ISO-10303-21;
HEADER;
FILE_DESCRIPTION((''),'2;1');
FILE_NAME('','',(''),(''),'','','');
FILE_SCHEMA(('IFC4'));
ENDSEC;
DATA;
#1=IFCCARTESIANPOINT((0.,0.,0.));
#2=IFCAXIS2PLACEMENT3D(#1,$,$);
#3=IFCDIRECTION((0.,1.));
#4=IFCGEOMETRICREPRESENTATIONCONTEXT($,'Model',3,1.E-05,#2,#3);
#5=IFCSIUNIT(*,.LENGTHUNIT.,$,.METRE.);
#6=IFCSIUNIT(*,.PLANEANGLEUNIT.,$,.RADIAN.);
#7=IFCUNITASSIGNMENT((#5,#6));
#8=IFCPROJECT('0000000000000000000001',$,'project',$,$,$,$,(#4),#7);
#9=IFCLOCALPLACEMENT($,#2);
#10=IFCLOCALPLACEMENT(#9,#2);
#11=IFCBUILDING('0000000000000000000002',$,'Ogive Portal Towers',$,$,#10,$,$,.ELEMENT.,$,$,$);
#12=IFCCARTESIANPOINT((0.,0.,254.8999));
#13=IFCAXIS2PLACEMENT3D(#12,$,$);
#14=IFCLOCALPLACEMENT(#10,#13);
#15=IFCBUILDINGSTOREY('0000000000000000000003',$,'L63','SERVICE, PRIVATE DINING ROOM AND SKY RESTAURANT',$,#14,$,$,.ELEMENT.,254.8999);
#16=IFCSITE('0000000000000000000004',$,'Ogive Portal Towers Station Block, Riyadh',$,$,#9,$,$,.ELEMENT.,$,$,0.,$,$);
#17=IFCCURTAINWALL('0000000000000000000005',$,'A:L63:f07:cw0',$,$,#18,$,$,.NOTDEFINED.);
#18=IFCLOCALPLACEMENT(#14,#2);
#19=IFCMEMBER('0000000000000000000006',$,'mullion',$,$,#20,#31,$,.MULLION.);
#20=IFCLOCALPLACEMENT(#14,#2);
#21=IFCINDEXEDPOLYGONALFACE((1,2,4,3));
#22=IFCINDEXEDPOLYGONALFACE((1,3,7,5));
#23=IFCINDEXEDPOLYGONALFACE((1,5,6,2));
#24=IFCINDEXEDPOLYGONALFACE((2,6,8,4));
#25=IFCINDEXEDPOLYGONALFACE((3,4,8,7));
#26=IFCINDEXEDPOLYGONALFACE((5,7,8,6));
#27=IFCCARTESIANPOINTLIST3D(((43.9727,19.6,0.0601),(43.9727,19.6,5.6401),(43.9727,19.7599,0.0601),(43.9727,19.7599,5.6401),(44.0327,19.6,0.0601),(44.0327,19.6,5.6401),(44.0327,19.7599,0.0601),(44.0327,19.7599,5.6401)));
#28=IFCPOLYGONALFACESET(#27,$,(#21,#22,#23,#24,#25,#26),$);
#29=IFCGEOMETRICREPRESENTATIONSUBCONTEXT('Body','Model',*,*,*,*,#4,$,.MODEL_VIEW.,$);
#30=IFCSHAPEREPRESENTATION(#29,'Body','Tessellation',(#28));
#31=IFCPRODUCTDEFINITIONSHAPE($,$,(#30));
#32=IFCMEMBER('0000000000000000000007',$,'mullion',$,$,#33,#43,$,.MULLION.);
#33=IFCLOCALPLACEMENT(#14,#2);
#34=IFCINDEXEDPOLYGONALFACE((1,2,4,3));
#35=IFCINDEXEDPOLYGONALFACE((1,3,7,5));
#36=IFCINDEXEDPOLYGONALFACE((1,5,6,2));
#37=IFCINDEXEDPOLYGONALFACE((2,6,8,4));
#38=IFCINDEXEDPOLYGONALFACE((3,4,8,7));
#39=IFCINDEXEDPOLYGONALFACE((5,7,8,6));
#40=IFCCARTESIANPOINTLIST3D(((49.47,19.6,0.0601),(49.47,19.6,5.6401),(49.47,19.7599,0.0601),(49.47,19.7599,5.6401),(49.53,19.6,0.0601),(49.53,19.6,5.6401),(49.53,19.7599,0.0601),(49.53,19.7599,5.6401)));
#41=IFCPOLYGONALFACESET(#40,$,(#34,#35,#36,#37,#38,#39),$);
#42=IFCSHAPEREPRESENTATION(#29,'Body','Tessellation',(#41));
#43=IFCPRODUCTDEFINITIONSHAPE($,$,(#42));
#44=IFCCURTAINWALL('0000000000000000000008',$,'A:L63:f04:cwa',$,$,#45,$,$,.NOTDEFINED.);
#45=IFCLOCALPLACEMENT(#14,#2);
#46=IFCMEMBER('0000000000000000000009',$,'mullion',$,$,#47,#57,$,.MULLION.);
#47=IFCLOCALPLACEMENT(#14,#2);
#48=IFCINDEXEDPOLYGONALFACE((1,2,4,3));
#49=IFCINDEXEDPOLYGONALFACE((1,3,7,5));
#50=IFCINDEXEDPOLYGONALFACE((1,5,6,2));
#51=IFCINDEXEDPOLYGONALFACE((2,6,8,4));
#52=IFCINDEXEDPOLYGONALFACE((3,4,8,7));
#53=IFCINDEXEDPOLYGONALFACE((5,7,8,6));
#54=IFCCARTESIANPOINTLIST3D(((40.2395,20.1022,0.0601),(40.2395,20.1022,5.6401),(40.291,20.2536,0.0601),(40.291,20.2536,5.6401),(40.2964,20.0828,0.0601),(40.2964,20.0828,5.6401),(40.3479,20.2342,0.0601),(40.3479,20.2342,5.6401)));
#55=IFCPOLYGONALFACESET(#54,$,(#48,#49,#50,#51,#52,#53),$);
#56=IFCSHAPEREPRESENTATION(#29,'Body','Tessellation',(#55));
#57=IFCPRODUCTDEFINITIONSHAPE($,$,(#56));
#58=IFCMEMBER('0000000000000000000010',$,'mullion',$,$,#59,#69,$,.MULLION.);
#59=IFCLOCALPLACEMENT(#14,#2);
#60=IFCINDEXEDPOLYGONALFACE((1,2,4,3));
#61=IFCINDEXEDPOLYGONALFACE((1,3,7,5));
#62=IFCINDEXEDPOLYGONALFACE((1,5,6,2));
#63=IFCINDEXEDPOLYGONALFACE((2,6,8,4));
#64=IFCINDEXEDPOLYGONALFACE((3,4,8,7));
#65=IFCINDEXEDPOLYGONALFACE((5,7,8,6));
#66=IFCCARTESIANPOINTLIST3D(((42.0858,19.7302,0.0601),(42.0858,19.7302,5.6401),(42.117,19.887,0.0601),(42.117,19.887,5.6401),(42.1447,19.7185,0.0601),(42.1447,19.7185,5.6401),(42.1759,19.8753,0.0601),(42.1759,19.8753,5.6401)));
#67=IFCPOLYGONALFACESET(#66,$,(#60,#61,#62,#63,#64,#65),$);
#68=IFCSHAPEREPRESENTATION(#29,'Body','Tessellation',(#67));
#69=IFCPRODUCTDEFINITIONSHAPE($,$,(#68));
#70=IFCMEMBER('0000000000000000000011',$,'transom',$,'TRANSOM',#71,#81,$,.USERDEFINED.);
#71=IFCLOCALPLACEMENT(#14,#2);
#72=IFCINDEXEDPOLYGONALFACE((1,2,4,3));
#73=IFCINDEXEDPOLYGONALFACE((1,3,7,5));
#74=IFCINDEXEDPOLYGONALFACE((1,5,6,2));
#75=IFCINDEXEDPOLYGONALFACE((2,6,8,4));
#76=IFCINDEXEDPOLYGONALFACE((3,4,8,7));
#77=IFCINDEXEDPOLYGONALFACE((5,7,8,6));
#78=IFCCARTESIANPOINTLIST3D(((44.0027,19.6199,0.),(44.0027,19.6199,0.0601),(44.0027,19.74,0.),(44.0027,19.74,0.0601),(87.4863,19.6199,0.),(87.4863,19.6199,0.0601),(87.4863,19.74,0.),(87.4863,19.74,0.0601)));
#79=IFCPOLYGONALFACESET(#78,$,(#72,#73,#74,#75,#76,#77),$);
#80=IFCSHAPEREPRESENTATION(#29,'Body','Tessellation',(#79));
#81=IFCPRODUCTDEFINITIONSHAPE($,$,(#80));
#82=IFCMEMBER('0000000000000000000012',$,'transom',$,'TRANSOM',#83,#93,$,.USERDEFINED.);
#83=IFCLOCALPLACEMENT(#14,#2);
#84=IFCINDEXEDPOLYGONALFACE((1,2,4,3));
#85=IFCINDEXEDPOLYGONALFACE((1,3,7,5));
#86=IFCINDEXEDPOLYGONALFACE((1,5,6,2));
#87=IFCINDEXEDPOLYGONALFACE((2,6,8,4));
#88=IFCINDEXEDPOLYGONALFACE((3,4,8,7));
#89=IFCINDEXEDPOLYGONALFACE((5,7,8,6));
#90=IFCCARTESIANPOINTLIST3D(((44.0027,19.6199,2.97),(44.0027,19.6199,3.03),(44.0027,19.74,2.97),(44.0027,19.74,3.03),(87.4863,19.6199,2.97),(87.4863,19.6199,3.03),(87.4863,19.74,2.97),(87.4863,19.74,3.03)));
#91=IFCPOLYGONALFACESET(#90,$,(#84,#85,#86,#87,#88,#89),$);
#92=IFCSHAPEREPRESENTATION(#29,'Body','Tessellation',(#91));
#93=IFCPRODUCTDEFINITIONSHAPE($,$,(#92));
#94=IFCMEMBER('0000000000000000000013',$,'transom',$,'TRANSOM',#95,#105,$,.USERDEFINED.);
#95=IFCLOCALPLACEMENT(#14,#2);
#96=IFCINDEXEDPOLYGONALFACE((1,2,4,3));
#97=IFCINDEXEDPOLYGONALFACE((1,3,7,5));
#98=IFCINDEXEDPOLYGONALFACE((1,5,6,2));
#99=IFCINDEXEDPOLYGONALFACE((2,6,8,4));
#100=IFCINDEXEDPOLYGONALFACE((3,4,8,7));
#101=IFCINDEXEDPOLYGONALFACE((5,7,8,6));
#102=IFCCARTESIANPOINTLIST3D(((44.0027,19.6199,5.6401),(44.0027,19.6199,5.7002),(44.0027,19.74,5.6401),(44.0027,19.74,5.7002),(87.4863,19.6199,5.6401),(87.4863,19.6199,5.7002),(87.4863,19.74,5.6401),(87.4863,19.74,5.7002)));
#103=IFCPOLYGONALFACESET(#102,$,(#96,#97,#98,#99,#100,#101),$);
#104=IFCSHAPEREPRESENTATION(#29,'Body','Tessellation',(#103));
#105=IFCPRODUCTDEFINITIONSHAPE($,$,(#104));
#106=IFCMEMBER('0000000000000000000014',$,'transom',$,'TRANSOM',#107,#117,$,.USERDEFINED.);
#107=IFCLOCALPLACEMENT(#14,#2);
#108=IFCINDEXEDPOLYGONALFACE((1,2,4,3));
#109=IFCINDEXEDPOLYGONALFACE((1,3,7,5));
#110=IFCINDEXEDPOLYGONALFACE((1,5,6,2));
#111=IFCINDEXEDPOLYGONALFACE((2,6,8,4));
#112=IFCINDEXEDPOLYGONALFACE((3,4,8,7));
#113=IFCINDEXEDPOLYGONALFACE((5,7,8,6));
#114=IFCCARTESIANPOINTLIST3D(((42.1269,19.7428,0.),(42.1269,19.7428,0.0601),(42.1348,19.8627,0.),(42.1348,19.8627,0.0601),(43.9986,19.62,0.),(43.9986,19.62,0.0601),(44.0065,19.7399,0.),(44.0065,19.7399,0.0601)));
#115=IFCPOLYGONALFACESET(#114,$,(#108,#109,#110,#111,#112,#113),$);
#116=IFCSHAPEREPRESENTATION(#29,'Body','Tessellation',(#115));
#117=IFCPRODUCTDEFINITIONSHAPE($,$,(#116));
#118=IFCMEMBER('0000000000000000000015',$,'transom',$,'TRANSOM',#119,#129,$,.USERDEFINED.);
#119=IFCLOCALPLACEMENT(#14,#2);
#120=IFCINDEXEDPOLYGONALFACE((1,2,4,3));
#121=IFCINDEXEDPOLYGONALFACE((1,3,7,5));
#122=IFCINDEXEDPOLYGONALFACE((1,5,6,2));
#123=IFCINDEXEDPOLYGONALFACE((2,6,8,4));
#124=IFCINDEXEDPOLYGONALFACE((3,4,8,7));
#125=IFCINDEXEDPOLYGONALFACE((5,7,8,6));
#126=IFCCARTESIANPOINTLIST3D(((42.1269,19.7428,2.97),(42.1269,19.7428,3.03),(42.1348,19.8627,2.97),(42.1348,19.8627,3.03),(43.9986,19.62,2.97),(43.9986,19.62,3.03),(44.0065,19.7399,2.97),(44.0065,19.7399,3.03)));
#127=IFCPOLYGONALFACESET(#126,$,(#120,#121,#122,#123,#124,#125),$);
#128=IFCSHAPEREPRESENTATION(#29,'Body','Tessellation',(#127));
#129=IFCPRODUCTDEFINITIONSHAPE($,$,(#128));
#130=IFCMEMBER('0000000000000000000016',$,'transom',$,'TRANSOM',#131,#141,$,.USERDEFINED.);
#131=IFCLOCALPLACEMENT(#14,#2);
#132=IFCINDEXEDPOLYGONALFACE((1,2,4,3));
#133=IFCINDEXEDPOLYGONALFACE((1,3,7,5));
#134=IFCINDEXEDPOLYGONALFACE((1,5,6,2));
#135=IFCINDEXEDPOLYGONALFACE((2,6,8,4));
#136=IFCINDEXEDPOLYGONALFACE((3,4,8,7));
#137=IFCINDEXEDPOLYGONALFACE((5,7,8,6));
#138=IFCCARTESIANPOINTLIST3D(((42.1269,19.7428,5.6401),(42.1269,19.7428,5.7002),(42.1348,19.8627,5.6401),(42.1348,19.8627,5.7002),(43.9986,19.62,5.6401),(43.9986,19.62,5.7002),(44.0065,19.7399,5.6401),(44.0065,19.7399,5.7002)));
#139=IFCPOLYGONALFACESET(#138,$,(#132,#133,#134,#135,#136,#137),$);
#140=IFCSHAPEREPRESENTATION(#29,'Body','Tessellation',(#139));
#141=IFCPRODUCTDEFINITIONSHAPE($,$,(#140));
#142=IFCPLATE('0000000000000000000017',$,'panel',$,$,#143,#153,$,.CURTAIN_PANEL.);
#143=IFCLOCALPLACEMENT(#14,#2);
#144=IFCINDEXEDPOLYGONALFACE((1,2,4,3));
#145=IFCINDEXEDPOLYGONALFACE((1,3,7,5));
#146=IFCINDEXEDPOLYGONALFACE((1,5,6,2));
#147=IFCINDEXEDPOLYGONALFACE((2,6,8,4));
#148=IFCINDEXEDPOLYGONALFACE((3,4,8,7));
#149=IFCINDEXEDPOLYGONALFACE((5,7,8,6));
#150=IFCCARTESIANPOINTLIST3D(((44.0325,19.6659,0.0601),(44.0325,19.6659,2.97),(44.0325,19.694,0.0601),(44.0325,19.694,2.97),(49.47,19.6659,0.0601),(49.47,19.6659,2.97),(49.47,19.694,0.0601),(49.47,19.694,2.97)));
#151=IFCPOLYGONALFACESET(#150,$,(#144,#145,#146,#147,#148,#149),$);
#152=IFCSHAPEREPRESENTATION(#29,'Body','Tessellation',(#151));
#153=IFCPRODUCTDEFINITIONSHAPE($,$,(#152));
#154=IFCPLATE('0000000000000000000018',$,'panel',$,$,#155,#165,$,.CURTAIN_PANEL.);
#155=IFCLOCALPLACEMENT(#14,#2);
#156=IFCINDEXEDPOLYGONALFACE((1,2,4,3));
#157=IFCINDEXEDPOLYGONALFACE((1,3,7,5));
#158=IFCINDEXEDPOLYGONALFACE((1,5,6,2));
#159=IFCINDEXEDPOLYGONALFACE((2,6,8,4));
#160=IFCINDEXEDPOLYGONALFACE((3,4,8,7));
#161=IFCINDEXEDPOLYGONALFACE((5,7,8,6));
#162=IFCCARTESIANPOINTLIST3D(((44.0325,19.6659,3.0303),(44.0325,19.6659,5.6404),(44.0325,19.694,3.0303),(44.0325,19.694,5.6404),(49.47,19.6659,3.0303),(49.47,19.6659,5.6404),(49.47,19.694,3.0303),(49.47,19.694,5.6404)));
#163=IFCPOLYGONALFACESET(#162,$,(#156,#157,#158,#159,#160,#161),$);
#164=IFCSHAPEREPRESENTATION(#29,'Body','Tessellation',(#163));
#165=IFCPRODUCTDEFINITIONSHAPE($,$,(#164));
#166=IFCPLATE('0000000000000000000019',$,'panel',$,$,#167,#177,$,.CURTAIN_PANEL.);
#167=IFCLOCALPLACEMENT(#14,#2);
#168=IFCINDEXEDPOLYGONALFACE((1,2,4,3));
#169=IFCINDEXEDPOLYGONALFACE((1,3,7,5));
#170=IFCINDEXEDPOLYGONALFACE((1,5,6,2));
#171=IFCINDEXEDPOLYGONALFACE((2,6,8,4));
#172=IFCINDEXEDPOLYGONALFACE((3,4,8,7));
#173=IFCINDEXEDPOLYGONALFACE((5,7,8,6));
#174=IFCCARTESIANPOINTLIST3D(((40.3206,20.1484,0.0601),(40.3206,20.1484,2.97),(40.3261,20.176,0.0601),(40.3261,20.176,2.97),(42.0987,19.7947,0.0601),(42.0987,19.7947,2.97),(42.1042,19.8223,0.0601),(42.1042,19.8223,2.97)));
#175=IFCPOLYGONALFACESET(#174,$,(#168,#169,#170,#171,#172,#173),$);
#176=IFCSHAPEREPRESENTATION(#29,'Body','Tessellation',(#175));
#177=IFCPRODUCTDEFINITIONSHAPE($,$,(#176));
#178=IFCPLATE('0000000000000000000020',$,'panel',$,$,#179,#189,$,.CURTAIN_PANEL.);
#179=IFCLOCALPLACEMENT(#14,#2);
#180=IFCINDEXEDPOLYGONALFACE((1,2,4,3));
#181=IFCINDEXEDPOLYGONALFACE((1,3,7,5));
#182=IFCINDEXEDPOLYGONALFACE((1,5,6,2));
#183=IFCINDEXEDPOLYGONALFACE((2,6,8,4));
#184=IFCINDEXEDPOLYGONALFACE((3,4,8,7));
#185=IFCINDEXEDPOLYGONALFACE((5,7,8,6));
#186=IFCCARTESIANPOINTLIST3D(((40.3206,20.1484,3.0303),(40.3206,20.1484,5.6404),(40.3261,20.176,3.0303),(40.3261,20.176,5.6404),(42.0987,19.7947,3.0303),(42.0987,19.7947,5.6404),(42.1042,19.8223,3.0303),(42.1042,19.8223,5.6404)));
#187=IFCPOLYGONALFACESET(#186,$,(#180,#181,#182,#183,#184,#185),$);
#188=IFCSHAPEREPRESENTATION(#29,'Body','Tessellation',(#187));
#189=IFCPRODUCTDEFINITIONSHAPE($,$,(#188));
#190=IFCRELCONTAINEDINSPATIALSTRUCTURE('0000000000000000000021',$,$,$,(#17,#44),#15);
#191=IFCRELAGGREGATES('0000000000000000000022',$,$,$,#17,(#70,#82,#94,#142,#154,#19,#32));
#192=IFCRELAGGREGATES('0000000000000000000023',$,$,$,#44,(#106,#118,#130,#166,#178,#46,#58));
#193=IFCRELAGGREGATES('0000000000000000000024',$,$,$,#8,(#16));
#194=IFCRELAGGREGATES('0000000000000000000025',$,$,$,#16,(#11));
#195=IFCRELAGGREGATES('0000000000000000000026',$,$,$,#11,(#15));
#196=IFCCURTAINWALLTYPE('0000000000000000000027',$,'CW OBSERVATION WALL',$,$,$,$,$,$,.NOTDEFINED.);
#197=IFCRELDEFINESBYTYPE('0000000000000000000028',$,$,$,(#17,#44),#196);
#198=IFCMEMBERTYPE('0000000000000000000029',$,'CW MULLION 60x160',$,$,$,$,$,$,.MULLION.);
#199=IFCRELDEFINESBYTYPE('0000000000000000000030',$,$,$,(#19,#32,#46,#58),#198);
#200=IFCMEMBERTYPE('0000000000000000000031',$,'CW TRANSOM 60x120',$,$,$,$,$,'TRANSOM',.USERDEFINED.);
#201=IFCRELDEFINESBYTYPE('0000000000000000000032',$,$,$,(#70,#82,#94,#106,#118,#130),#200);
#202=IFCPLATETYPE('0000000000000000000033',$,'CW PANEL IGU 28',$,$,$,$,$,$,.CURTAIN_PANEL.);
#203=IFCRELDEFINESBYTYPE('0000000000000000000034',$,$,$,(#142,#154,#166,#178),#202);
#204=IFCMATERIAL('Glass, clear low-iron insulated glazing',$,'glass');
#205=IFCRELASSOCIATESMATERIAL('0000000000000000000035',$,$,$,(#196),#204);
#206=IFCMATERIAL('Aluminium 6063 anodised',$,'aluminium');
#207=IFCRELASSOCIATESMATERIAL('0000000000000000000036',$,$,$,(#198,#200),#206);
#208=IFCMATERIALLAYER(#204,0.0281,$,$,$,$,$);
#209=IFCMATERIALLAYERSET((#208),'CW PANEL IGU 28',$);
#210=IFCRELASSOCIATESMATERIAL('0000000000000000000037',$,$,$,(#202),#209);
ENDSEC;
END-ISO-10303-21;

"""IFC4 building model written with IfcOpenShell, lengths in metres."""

from ifc_helpers import new_model, si_unit, direction, frame, origin, origin_2d, place, context, subcontext, project, spatial, rectangle, extrude, material, layer, layer_set, material_profile, profile_set, type_object, element, aggregate, save


model = new_model("IFC4")

# Units and contexts
model_context = context("Model", 3, precision=1e-05, world=origin(), true_north=direction((0.0, 1.0)))
body_context = subcontext(model_context, "Body", "Model", "MODEL_VIEW")
ifc_project = project(units=[si_unit("LENGTHUNIT", "METRE"), si_unit("PLANEANGLEUNIT", "RADIAN")], contexts=[model_context])

# Site, building, storey
site_placement = place(None, origin())
site = spatial("IfcSite", under=ifc_project, at=site_placement, Name="Ogive Portal Towers Station Block, Riyadh", CompositionType="ELEMENT", RefElevation=0.0)
building_placement = place(site_placement, origin())
building = spatial("IfcBuilding", under=site, at=building_placement, Name="Ogive Portal Towers", CompositionType="ELEMENT")
storey_placement = place(building_placement, frame((0.0, 0.0, 254.8999)))
storey = spatial("IfcBuildingStorey", under=building, at=storey_placement, Name="L63", Description="SERVICE, PRIVATE DINING ROOM AND SKY RESTAURANT", CompositionType="ELEMENT", Elevation=254.8999)

# Curtain walls, members
ifc_material_1 = material(Name="Glass, clear low-iron insulated glazing", Category="glass")
curtain_wall_type = type_object("IfcCurtainWallType", Name="CW OBSERVATION WALL", PredefinedType="NOTDEFINED", material=ifc_material_1)
curtain_wall_1_placement = place(storey_placement, origin())
curtain_wall_1 = element("IfcCurtainWall", 1, at=curtain_wall_1_placement, inside=storey, type_object=curtain_wall_type, Name="A:L63:f07:cw0", PredefinedType="NOTDEFINED")
ifc_material_2 = material(Name="Aluminium 6063 anodised", Category="aluminium")
ifc_material_profile_1 = material_profile(ifc_material_2, rectangle(XDim=0.1599, YDim=0.0601, at=origin_2d()), Name="AL 60x160")
ifc_profile_set_1 = profile_set([ifc_material_profile_1], Name="Aluminium 6063 anodised")
member_type_1 = type_object("IfcMemberType", Name="CW MULLION 60x160", PredefinedType="MULLION", material=ifc_profile_set_1)
member_1_placement = place(storey_placement, frame((44.0027, 19.6799, 0.0601), z_axis=(0.0, 0.0, 1.0), x_axis=(0.0, 1.0, 0.0)))
member_1 = element("IfcMember", 2, at=member_1_placement, type_object=member_type_1, Name="mullion", PredefinedType="MULLION", context=body_context, shape_type="SweptSolid", body=[
    extrude(rectangle(XDim=0.1599, YDim=0.0601, at=origin_2d()), origin(), (0.0, 0.0, 1.0), 5.5801),
])
member_2_placement = place(storey_placement, frame((49.5, 19.6799, 0.0601), z_axis=(0.0, 0.0, 1.0), x_axis=(0.0, 1.0, 0.0)))
member_2 = element("IfcMember", 3, at=member_2_placement, type_object=member_type_1, Name="mullion", PredefinedType="MULLION", context=body_context, shape_type="SweptSolid", body=[
    extrude(rectangle(XDim=0.1599, YDim=0.0601, at=origin_2d()), origin(), (0.0, 0.0, 1.0), 5.5801),
])
curtain_wall_2_placement = place(storey_placement, origin())
curtain_wall_2 = element("IfcCurtainWall", 4, at=curtain_wall_2_placement, inside=storey, type_object=curtain_wall_type, Name="A:L63:f04:cwa", PredefinedType="NOTDEFINED")
member_3_placement = place(storey_placement, frame((40.2937, 20.1682, 0.0601), z_axis=(0.0, 0.0, 1.0), x_axis=(0.32201, 0.946736, 0.0)))
member_3 = element("IfcMember", 5, at=member_3_placement, type_object=member_type_1, Name="mullion", PredefinedType="MULLION", context=body_context, shape_type="SweptSolid", body=[
    extrude(rectangle(XDim=0.1599, YDim=0.0601, at=origin_2d()), origin(), (0.0, 0.0, 1.0), 5.5801),
])
member_4_placement = place(storey_placement, frame((42.1309, 19.8027, 0.0601), z_axis=(0.0, 0.0, 1.0), x_axis=(0.19509, 0.980785, 0.0)))
member_4 = element("IfcMember", 6, at=member_4_placement, type_object=member_type_1, Name="mullion", PredefinedType="MULLION", context=body_context, shape_type="SweptSolid", body=[
    extrude(rectangle(XDim=0.1599, YDim=0.0601, at=origin_2d()), origin(), (0.0, 0.0, 1.0), 5.5801),
])

# Members
ifc_material_profile_2 = material_profile(ifc_material_2, rectangle(XDim=0.1201, YDim=0.0601, at=origin_2d()), Name="AL 120x60")
ifc_profile_set_2 = profile_set([ifc_material_profile_2], Name="Aluminium 6063 anodised")
member_type_2 = type_object("IfcMemberType", Name="CW TRANSOM 60x120", ElementType="TRANSOM", PredefinedType="USERDEFINED", material=ifc_profile_set_2)
member_5_placement = place(storey_placement, frame((44.0027, 19.6799, 0.03), z_axis=(1.0, 0.0, 0.0), x_axis=(0.0, 1.0, 0.0)))
member_5 = element("IfcMember", 7, at=member_5_placement, type_object=member_type_2, Name="transom", ObjectType="TRANSOM", PredefinedType="USERDEFINED", context=body_context, shape_type="SweptSolid", body=[
    extrude(rectangle(XDim=0.1201, YDim=0.0601, at=origin_2d()), origin(), (0.0, 0.0, 1.0), 43.4836),
])
member_6_placement = place(storey_placement, frame((44.0027, 19.6799, 3.0), z_axis=(1.0, 0.0, 0.0), x_axis=(0.0, 1.0, 0.0)))
member_6 = element("IfcMember", 8, at=member_6_placement, type_object=member_type_2, Name="transom", ObjectType="TRANSOM", PredefinedType="USERDEFINED", context=body_context, shape_type="SweptSolid", body=[
    extrude(rectangle(XDim=0.1201, YDim=0.0601, at=origin_2d()), origin(), (0.0, 0.0, 1.0), 43.4836),
])
member_7_placement = place(storey_placement, frame((44.0027, 19.6799, 5.6702), z_axis=(1.0, 0.0, 0.0), x_axis=(0.0, 1.0, 0.0)))
member_7 = element("IfcMember", 9, at=member_7_placement, type_object=member_type_2, Name="transom", ObjectType="TRANSOM", PredefinedType="USERDEFINED", context=body_context, shape_type="SweptSolid", body=[
    extrude(rectangle(XDim=0.1201, YDim=0.0601, at=origin_2d()), origin(), (0.0, 0.0, 1.0), 43.4836),
])
member_8_placement = place(storey_placement, frame((42.1309, 19.8027, 0.03), z_axis=(0.997855, -0.065465, 0.0), x_axis=(0.065465, 0.997855, 0.0)))
member_8 = element("IfcMember", 10, at=member_8_placement, type_object=member_type_2, Name="transom", ObjectType="TRANSOM", PredefinedType="USERDEFINED", context=body_context, shape_type="SweptSolid", body=[
    extrude(rectangle(XDim=0.1201, YDim=0.0601, at=origin_2d()), origin(), (0.0, 0.0, 1.0), 1.8757),
])
member_9_placement = place(storey_placement, frame((42.1309, 19.8027, 3.0), z_axis=(0.997855, -0.065465, 0.0), x_axis=(0.065465, 0.997855, 0.0)))
member_9 = element("IfcMember", 11, at=member_9_placement, type_object=member_type_2, Name="transom", ObjectType="TRANSOM", PredefinedType="USERDEFINED", context=body_context, shape_type="SweptSolid", body=[
    extrude(rectangle(XDim=0.1201, YDim=0.0601, at=origin_2d()), origin(), (0.0, 0.0, 1.0), 1.8757),
])
member_10_placement = place(storey_placement, frame((42.1309, 19.8027, 5.6702), z_axis=(0.997855, -0.065465, 0.0), x_axis=(0.065465, 0.997855, 0.0)))
member_10 = element("IfcMember", 12, at=member_10_placement, type_object=member_type_2, Name="transom", ObjectType="TRANSOM", PredefinedType="USERDEFINED", context=body_context, shape_type="SweptSolid", body=[
    extrude(rectangle(XDim=0.1201, YDim=0.0601, at=origin_2d()), origin(), (0.0, 0.0, 1.0), 1.8757),
])

# Plates
ifc_layer_1 = layer(ifc_material_1, 0.0281)
ifc_layer_set_1 = layer_set([ifc_layer_1], Name="CW PANEL IGU 28")
plate_type = type_object("IfcPlateType", Name="CW PANEL IGU 28", PredefinedType="CURTAIN_PANEL", material=ifc_layer_set_1)
plate_1_placement = place(storey_placement, frame((46.7512, 19.6799, 0.0601), z_axis=(0.0, 0.0, 1.0), x_axis=(1.0, 0.0, 0.0)))
plate_1 = element("IfcPlate", 13, at=plate_1_placement, type_object=plate_type, Name="panel", PredefinedType="CURTAIN_PANEL", context=body_context, shape_type="SweptSolid", body=[
    extrude(rectangle(XDim=5.4375, YDim=0.0281, at=origin_2d()), origin(), (0.0, 0.0, 1.0), 2.9099),
])
plate_2_placement = place(storey_placement, frame((46.7512, 19.6799, 3.0303), z_axis=(0.0, 0.0, 1.0), x_axis=(1.0, 0.0, 0.0)))
plate_2 = element("IfcPlate", 14, at=plate_2_placement, type_object=plate_type, Name="panel", PredefinedType="CURTAIN_PANEL", context=body_context, shape_type="SweptSolid", body=[
    extrude(rectangle(XDim=5.4375, YDim=0.0281, at=origin_2d()), origin(), (0.0, 0.0, 1.0), 2.6101),
])
aggregate(curtain_wall_1, [member_5, member_6, member_7, plate_1, plate_2, member_1, member_2])
plate_3_placement = place(storey_placement, frame((41.2124, 19.9854, 0.0601), z_axis=(0.0, 0.0, 1.0), x_axis=(0.980785, -0.19509, 0.0)))
plate_3 = element("IfcPlate", 15, at=plate_3_placement, type_object=plate_type, Name="panel", PredefinedType="CURTAIN_PANEL", context=body_context, shape_type="SweptSolid", body=[
    extrude(rectangle(XDim=1.813, YDim=0.0281, at=origin_2d()), origin(), (0.0, 0.0, 1.0), 2.9099),
])
plate_4_placement = place(storey_placement, frame((41.2124, 19.9854, 3.0303), z_axis=(0.0, 0.0, 1.0), x_axis=(0.980785, -0.19509, 0.0)))
plate_4 = element("IfcPlate", 16, at=plate_4_placement, type_object=plate_type, Name="panel", PredefinedType="CURTAIN_PANEL", context=body_context, shape_type="SweptSolid", body=[
    extrude(rectangle(XDim=1.813, YDim=0.0281, at=origin_2d()), origin(), (0.0, 0.0, 1.0), 2.6101),
])
aggregate(curtain_wall_2, [member_8, member_9, member_10, plate_3, plate_4, member_3, member_4])

save(model, "model.ifc")
